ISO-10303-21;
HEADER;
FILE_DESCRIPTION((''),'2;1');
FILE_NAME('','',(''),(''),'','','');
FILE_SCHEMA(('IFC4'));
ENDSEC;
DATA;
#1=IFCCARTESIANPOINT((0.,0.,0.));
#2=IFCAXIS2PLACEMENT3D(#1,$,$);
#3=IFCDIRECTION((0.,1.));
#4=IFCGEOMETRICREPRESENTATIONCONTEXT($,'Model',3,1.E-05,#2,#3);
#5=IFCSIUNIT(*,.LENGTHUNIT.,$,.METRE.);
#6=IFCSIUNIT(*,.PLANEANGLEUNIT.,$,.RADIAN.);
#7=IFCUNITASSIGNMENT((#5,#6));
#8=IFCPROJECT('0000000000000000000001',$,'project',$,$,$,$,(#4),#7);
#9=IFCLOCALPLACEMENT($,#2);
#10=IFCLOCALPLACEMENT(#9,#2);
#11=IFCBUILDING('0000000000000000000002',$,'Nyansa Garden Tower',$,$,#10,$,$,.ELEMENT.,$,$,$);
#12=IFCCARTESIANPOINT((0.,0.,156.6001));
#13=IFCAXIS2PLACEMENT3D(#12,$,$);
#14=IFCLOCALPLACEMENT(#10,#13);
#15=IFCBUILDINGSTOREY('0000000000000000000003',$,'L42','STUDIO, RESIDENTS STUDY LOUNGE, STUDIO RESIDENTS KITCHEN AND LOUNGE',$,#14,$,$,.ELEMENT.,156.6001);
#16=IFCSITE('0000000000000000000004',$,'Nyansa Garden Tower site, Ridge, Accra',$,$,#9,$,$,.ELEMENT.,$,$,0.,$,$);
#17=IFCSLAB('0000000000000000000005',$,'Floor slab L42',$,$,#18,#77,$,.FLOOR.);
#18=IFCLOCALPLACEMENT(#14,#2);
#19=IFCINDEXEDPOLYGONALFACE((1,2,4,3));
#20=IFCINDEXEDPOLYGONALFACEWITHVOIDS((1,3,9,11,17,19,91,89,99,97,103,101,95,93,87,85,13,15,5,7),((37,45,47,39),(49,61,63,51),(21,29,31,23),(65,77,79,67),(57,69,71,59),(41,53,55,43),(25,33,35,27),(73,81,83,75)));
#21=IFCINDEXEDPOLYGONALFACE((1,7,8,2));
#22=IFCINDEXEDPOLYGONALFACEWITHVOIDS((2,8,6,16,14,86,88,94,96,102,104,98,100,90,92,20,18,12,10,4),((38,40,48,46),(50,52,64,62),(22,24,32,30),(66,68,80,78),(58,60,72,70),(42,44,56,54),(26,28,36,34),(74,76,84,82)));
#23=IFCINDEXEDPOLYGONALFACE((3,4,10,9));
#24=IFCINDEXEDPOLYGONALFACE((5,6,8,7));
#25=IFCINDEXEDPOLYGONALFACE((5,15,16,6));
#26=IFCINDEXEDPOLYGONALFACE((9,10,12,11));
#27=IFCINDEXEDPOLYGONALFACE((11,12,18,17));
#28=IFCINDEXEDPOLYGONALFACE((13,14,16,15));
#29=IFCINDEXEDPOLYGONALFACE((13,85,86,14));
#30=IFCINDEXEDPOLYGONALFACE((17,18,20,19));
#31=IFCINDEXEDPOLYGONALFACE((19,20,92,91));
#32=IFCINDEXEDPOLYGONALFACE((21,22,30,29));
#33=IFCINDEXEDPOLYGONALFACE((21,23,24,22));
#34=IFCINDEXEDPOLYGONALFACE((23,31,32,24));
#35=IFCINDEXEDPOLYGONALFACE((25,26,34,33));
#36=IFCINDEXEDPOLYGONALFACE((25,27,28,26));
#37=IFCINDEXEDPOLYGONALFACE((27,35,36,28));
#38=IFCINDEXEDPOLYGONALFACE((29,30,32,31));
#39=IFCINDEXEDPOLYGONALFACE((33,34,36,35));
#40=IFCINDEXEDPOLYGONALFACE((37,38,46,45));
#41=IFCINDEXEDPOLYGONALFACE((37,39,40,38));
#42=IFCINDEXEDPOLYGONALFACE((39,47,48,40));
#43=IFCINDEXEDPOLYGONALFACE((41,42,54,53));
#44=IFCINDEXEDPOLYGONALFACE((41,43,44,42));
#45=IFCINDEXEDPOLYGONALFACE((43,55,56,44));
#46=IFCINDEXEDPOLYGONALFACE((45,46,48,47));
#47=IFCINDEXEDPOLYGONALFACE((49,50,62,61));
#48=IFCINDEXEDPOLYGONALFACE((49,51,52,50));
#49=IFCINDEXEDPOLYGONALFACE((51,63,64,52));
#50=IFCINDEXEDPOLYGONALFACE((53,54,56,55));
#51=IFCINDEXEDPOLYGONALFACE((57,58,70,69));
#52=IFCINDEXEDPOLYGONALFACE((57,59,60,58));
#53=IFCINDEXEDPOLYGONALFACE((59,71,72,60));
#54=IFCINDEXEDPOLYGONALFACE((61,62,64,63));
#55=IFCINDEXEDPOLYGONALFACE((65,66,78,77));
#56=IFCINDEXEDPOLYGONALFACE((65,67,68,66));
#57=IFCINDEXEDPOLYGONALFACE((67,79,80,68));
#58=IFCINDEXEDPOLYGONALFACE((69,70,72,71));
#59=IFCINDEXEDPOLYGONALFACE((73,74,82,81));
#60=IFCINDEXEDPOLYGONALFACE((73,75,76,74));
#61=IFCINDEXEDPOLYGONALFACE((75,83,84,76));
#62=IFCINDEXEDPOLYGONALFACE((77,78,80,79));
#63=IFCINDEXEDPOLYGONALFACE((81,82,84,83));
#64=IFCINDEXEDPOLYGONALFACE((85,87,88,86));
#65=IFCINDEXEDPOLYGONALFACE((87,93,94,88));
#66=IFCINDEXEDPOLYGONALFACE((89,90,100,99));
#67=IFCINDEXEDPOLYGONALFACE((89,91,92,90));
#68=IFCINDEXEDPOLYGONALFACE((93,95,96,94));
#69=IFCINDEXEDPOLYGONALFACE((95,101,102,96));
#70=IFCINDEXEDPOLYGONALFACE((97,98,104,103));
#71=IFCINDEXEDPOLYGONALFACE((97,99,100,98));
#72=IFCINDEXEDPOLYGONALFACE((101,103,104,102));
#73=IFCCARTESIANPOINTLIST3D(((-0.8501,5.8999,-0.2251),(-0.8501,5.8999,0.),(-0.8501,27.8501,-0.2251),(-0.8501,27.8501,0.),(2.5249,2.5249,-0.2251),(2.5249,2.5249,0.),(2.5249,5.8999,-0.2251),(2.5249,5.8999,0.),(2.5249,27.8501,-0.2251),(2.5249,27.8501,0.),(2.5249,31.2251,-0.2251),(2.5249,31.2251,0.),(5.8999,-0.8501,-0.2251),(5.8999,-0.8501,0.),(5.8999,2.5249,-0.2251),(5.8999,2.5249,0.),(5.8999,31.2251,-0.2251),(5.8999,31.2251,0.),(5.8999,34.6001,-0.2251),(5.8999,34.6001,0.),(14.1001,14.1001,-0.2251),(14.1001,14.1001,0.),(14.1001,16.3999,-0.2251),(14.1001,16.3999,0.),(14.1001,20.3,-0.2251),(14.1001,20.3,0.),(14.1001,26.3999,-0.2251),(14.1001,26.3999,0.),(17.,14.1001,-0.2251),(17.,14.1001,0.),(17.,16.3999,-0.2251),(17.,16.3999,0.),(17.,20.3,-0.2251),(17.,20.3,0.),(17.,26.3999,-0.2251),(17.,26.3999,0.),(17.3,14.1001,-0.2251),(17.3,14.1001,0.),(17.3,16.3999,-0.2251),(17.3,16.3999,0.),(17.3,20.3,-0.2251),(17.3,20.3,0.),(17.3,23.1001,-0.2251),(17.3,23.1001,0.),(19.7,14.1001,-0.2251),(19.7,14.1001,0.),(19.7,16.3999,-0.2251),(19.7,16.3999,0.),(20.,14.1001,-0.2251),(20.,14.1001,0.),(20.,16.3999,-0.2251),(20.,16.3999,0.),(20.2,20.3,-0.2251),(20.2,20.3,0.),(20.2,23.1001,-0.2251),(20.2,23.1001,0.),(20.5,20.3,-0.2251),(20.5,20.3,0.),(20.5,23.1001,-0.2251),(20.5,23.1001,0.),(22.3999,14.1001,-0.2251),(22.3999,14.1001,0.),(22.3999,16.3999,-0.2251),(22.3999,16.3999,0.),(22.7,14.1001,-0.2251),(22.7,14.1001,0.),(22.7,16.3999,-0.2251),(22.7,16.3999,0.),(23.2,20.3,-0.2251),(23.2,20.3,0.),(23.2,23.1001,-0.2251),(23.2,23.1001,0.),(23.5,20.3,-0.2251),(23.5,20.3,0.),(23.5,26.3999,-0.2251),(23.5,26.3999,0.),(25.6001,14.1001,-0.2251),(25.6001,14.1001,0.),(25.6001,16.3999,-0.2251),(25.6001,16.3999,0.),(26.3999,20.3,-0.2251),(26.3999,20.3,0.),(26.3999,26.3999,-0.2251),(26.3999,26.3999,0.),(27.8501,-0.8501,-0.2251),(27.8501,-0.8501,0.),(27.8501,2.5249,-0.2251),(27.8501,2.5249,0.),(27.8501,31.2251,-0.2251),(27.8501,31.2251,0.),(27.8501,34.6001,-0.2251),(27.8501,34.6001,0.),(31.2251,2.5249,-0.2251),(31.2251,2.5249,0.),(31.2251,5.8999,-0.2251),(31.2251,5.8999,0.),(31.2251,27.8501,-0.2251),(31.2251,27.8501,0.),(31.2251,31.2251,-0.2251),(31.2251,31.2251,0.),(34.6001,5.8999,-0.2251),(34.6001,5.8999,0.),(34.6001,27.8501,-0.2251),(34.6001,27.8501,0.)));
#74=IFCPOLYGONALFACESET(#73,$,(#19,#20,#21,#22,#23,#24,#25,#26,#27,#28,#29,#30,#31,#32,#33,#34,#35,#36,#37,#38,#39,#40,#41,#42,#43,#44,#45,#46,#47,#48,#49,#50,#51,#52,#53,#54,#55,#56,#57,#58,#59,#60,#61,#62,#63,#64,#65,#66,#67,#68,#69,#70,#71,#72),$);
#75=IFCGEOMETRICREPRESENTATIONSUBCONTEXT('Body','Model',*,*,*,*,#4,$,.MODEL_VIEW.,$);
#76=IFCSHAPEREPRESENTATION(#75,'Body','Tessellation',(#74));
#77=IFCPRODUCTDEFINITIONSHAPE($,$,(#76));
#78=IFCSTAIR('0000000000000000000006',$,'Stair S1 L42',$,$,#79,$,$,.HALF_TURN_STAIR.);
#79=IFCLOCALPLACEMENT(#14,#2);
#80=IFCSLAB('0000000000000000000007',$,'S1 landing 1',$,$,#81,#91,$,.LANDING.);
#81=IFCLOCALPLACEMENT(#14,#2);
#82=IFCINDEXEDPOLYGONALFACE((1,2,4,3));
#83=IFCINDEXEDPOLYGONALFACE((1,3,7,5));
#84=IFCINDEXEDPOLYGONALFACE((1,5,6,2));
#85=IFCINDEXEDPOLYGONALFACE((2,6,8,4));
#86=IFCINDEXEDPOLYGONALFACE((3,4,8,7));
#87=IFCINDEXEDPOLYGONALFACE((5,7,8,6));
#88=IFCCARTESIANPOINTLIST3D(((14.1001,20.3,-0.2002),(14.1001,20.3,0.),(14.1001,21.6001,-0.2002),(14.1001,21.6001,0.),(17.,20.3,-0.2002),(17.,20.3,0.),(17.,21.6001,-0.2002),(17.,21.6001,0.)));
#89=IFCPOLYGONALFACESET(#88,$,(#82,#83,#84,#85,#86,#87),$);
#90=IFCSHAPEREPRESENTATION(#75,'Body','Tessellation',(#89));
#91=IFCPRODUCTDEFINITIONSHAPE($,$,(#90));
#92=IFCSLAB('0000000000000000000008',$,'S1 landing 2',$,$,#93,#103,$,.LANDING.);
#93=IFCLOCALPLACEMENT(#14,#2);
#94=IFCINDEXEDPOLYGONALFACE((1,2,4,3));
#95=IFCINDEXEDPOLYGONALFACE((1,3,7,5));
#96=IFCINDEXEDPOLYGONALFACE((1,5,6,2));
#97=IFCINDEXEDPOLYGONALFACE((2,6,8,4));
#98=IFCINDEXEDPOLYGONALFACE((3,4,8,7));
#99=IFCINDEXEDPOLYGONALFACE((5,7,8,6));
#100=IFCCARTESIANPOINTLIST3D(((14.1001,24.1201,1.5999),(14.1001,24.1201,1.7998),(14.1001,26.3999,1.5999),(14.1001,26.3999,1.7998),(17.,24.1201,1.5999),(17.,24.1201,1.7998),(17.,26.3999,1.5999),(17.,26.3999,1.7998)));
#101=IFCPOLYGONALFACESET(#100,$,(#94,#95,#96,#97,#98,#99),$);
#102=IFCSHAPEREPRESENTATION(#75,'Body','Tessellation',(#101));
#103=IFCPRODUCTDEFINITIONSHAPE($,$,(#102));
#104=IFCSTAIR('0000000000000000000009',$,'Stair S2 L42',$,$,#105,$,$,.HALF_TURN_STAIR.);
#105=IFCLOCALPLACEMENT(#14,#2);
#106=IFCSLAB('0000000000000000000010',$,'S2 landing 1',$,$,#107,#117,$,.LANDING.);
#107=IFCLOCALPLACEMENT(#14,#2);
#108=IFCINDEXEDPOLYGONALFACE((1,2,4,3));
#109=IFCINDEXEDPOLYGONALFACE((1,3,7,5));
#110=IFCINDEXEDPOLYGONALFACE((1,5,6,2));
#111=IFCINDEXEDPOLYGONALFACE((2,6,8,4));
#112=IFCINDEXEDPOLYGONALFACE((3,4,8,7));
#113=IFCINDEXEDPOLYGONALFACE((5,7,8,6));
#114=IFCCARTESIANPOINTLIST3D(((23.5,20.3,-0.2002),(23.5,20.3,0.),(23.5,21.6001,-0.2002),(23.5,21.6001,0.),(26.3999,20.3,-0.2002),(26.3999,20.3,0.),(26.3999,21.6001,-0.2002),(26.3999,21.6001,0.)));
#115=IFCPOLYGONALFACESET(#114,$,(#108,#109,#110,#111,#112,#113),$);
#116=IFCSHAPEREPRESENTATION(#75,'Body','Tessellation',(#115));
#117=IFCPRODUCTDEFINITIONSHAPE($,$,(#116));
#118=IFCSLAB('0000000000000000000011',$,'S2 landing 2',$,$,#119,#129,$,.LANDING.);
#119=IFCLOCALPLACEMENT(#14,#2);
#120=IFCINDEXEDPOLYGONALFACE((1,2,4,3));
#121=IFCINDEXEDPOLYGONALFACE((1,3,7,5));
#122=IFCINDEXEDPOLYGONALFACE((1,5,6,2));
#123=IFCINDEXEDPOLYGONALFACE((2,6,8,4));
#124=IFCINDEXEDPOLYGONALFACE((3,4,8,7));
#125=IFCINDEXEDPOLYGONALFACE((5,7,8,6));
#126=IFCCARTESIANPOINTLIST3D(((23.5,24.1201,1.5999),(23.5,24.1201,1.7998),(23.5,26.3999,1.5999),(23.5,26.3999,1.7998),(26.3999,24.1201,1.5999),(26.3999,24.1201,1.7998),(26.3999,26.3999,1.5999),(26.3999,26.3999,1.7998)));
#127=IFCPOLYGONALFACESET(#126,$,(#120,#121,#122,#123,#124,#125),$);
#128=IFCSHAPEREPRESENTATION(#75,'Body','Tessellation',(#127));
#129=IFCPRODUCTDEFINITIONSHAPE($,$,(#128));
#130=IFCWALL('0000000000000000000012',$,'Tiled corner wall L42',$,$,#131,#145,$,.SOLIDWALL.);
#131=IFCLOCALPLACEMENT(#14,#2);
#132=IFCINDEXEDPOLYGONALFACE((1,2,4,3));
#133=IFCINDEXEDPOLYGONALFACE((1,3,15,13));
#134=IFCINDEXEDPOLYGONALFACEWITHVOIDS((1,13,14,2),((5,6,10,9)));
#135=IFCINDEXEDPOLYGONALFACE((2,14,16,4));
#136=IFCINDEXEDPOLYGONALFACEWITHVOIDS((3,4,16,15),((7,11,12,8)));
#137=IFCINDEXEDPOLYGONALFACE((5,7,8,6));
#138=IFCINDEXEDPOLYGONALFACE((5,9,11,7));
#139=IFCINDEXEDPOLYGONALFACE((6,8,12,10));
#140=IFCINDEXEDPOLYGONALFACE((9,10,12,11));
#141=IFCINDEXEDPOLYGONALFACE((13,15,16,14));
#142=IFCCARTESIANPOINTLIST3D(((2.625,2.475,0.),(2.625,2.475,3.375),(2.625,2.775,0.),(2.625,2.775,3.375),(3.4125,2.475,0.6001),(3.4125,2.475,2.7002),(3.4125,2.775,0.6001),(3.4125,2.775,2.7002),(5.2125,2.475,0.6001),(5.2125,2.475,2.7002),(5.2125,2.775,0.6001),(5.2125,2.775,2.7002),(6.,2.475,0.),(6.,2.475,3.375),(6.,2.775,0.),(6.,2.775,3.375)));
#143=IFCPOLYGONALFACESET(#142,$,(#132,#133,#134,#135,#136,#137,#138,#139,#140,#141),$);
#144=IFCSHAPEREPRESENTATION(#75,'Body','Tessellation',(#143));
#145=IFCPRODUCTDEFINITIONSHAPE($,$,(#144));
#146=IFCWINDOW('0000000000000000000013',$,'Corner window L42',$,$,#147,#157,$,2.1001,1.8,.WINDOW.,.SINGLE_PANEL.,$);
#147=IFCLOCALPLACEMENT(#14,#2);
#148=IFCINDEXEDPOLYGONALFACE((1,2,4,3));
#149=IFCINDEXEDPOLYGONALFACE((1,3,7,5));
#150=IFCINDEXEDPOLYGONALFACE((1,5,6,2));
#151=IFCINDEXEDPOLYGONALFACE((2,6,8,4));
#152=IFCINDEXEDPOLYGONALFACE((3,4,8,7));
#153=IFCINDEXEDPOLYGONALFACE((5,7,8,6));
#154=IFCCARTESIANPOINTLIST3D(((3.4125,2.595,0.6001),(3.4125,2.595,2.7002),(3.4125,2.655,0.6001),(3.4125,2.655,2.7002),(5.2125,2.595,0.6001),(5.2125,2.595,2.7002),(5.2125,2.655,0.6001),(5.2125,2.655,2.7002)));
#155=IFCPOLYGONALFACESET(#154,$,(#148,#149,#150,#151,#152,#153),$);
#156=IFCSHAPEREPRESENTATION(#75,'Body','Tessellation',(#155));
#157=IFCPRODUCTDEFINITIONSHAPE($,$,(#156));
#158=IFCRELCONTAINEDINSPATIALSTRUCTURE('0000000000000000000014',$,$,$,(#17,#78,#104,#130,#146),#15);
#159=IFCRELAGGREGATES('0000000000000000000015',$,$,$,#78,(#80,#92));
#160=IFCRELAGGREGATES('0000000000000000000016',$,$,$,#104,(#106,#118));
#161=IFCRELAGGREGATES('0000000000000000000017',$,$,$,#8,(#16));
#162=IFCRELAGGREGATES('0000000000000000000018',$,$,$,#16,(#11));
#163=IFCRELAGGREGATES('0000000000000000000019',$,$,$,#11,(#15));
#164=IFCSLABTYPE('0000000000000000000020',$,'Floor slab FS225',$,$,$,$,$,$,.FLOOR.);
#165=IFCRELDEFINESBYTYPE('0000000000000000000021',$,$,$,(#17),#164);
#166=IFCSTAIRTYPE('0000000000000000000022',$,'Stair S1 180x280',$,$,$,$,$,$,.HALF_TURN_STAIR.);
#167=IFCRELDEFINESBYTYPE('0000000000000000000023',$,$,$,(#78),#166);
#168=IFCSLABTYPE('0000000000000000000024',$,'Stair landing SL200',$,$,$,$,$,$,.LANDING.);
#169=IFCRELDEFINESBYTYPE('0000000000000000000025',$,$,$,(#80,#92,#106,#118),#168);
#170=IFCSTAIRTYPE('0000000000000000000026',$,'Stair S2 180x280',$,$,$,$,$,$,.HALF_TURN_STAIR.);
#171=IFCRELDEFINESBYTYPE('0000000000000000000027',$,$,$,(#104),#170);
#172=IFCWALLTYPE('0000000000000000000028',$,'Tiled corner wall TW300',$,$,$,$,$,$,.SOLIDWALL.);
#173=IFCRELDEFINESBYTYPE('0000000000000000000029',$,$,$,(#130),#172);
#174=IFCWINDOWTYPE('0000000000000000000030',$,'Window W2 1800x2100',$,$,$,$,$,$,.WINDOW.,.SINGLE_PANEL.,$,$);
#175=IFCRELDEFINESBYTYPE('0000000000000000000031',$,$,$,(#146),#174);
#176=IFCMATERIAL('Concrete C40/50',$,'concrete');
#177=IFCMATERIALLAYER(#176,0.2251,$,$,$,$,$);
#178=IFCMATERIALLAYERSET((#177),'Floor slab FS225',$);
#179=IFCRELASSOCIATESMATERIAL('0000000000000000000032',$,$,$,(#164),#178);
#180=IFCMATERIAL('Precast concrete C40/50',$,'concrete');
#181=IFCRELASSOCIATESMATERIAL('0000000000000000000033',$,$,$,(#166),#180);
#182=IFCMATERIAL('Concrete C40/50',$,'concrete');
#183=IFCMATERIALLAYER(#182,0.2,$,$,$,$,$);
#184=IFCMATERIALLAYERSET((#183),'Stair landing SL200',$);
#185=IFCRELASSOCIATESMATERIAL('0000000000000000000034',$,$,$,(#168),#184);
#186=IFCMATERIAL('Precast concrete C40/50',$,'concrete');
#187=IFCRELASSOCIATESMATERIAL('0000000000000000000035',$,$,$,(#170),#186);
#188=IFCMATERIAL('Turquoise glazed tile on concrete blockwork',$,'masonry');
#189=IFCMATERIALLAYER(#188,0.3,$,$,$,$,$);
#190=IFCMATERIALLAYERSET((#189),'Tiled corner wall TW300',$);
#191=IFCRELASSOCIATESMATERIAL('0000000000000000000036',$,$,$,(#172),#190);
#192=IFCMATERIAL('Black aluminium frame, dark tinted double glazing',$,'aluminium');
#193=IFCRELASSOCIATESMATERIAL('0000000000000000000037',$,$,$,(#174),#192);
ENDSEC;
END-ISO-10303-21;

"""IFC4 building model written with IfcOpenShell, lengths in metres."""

from ifc_helpers import new_model, si_unit, direction, frame, frame_2d, origin, place, context, subcontext, project, spatial, polyline, rectangle, outline, extrude, material, layer, layer_set, type_object, element, fill, aggregate, save


model = new_model("IFC4")

# Units and contexts
model_context = context("Model", 3, precision=1e-05, world=origin(), true_north=direction((0.0, 1.0)))
body_context = subcontext(model_context, "Body", "Model", "MODEL_VIEW")
ifc_project = project(units=[si_unit("LENGTHUNIT", "METRE"), si_unit("PLANEANGLEUNIT", "RADIAN")], contexts=[model_context])

# Site, building, storey
site_placement = place(None, origin())
site = spatial("IfcSite", under=ifc_project, at=site_placement, Name="Nyansa Garden Tower site, Ridge, Accra", CompositionType="ELEMENT", RefElevation=0.0)
building_placement = place(site_placement, origin())
building = spatial("IfcBuilding", under=site, at=building_placement, Name="Nyansa Garden Tower", CompositionType="ELEMENT")
storey_placement = place(building_placement, frame((0.0, 0.0, 156.6001)))
storey = spatial("IfcBuildingStorey", under=building, at=storey_placement, Name="L42", Description="STUDIO, RESIDENTS STUDY LOUNGE, STUDIO RESIDENTS KITCHEN AND LOUNGE", CompositionType="ELEMENT", Elevation=156.6001)

# Slab
ifc_material_1 = material(Name="Concrete C40/50", Category="concrete")
ifc_layer_1 = layer(ifc_material_1, 0.2251)
ifc_layer_set_1 = layer_set([ifc_layer_1], Name="Floor slab FS225")
slab_type_1 = type_object("IfcSlabType", Name="Floor slab FS225", PredefinedType="FLOOR", material=ifc_layer_set_1)
slab_1_placement = place(storey_placement, frame((0.0, 0.0, -0.2251)))
element("IfcSlab", 1, at=slab_1_placement, inside=storey, type_object=slab_type_1, Name="Floor slab L42", PredefinedType="FLOOR", context=body_context, shape_type="SweptSolid", body=[
    extrude(outline(polyline([(34.6001, 5.8999), (31.2251, 5.8999), (31.2251, 2.5249), (27.8501, 2.5249), (27.8501, -0.8501), (5.8999, -0.8501), (5.8999, 2.5249), (2.5249, 2.5249), (2.5249, 5.8999), (-0.8501, 5.8999), (-0.8501, 27.8501), (2.5249, 27.8501), (2.5249, 31.2251), (5.8999, 31.2251), (5.8999, 34.6001), (27.8501, 34.6001), (27.8501, 31.2251), (31.2251, 31.2251), (31.2251, 27.8501), (34.6001, 27.8501), (34.6001, 5.8999)]), holes=[polyline([(14.1001, 14.1001), (17.0, 14.1001), (17.0, 16.3999), (14.1001, 16.3999), (14.1001, 14.1001)]), polyline([(17.3, 14.1001), (19.7, 14.1001), (19.7, 16.3999), (17.3, 16.3999), (17.3, 14.1001)]), polyline([(20.0, 14.1001), (22.3999, 14.1001), (22.3999, 16.3999), (20.0, 16.3999), (20.0, 14.1001)]), polyline([(22.7, 14.1001), (25.6001, 14.1001), (25.6001, 16.3999), (22.7, 16.3999), (22.7, 14.1001)]), polyline([(17.3, 20.3), (20.2, 20.3), (20.2, 23.1001), (17.3, 23.1001), (17.3, 20.3)]), polyline([(20.5, 20.3), (23.2, 20.3), (23.2, 23.1001), (20.5, 23.1001), (20.5, 20.3)]), polyline([(14.1001, 20.3), (17.0, 20.3), (17.0, 26.3999), (14.1001, 26.3999), (14.1001, 20.3)]), polyline([(23.5, 20.3), (26.3999, 20.3), (26.3999, 26.3999), (23.5, 26.3999), (23.5, 20.3)])]), origin(), (0.0, 0.0, 1.0), 0.2251),
])

# Stairs, slabs
ifc_material_2 = material(Name="Precast concrete C40/50", Category="concrete")
stair_type_1 = type_object("IfcStairType", Name="Stair S1 180x280", PredefinedType="HALF_TURN_STAIR", material=ifc_material_2)
stair_1_placement = place(storey_placement, origin())
stair_1 = element("IfcStair", 2, at=stair_1_placement, inside=storey, type_object=stair_type_1, Name="Stair S1 L42", PredefinedType="HALF_TURN_STAIR")
ifc_material_3 = material(Name="Concrete C40/50", Category="concrete")
ifc_layer_2 = layer(ifc_material_3, 0.2)
ifc_layer_set_2 = layer_set([ifc_layer_2], Name="Stair landing SL200")
slab_type_2 = type_object("IfcSlabType", Name="Stair landing SL200", PredefinedType="LANDING", material=ifc_layer_set_2)
slab_2_placement = place(storey_placement, frame((0.0, 0.0, -0.2002)))
slab_2 = element("IfcSlab", 3, at=slab_2_placement, type_object=slab_type_2, Name="S1 landing 1", PredefinedType="LANDING", context=body_context, shape_type="SweptSolid", body=[
    extrude(outline(polyline([(14.1001, 20.3), (17.0, 20.3), (17.0, 21.6001), (14.1001, 21.6001), (14.1001, 20.3)])), origin(), (0.0, 0.0, 1.0), 0.2002),
])
slab_3_placement = place(storey_placement, frame((0.0, 0.0, 1.5999)))
slab_3 = element("IfcSlab", 4, at=slab_3_placement, type_object=slab_type_2, Name="S1 landing 2", PredefinedType="LANDING", context=body_context, shape_type="SweptSolid", body=[
    extrude(outline(polyline([(14.1001, 24.1201), (17.0, 24.1201), (17.0, 26.3999), (14.1001, 26.3999), (14.1001, 24.1201)])), origin(), (0.0, 0.0, 1.0), 0.2),
])
aggregate(stair_1, [slab_2, slab_3])
ifc_material_4 = material(Name="Precast concrete C40/50", Category="concrete")
stair_type_2 = type_object("IfcStairType", Name="Stair S2 180x280", PredefinedType="HALF_TURN_STAIR", material=ifc_material_4)
stair_2_placement = place(storey_placement, origin())
stair_2 = element("IfcStair", 5, at=stair_2_placement, inside=storey, type_object=stair_type_2, Name="Stair S2 L42", PredefinedType="HALF_TURN_STAIR")
slab_4_placement = place(storey_placement, frame((0.0, 0.0, -0.2002)))
slab_4 = element("IfcSlab", 6, at=slab_4_placement, type_object=slab_type_2, Name="S2 landing 1", PredefinedType="LANDING", context=body_context, shape_type="SweptSolid", body=[
    extrude(outline(polyline([(23.5, 20.3), (26.3999, 20.3), (26.3999, 21.6001), (23.5, 21.6001), (23.5, 20.3)])), origin(), (0.0, 0.0, 1.0), 0.2002),
])
slab_5_placement = place(storey_placement, frame((0.0, 0.0, 1.5999)))
slab_5 = element("IfcSlab", 7, at=slab_5_placement, type_object=slab_type_2, Name="S2 landing 2", PredefinedType="LANDING", context=body_context, shape_type="SweptSolid", body=[
    extrude(outline(polyline([(23.5, 24.1201), (26.3999, 24.1201), (26.3999, 26.3999), (23.5, 26.3999), (23.5, 24.1201)])), origin(), (0.0, 0.0, 1.0), 0.2),
])
aggregate(stair_2, [slab_4, slab_5])

# Wall, opening, window
ifc_material_5 = material(Name="Turquoise glazed tile on concrete blockwork", Category="masonry")
ifc_layer_3 = layer(ifc_material_5, 0.3)
ifc_layer_set_3 = layer_set([ifc_layer_3], Name="Tiled corner wall TW300")
wall_type = type_object("IfcWallType", Name="Tiled corner wall TW300", PredefinedType="SOLIDWALL", material=ifc_layer_set_3)
wall_1_placement = place(storey_placement, frame((2.625, 2.625, 0.0), z_axis=(0.0, 0.0, 1.0), x_axis=(1.0, 0.0, 0.0)))
wall_1 = element("IfcWall", 8, at=wall_1_placement, inside=storey, type_object=wall_type, Name="Tiled corner wall L42", PredefinedType="SOLIDWALL", context=body_context, shape_type="SweptSolid", body=[
    extrude(rectangle(XDim=3.375, YDim=0.3, at=frame_2d((1.6875, 0.0))), origin(), (0.0, 0.0, 1.0), 3.375),
])
opening_1_placement = place(wall_1_placement, frame((0.7876, 0.0, 0.6001)))
opening_1 = element("IfcOpeningElement", 9, at=opening_1_placement, cuts=wall_1, PredefinedType="OPENING", context=body_context, shape_type="SweptSolid", body=[
    extrude(rectangle(XDim=1.8, YDim=2.1001, at=frame_2d((0.8999, 1.05))), frame((0.0, 0.1599, 0.0), z_axis=(0.0, -1.0, 0.0), x_axis=(1.0, 0.0, 0.0)), (0.0, 0.0, 1.0), 0.3201),
])
ifc_material_6 = material(Name="Black aluminium frame, dark tinted double glazing", Category="aluminium")
window_type_1 = type_object("IfcWindowType", Name="Window W2 1800x2100", PartitioningType="SINGLE_PANEL", PredefinedType="WINDOW", material=ifc_material_6)
window_1_placement = place(opening_1_placement, origin())
window_1 = element("IfcWindow", 10, at=window_1_placement, inside=storey, type_object=window_type_1, Name="Corner window L42", OverallHeight=2.1001, OverallWidth=1.8, PartitioningType="SINGLE_PANEL", PredefinedType="WINDOW", context=body_context, shape_type="SweptSolid", body=[
    extrude(rectangle(XDim=1.8, YDim=2.1001, at=frame_2d((0.8999, 1.05))), frame((0.0, 0.03, 0.0), z_axis=(0.0, -1.0, 0.0), x_axis=(1.0, 0.0, 0.0)), (0.0, 0.0, 1.0), 0.0601),
])
fill(opening_1, window_1)

save(model, "model.ifc")
